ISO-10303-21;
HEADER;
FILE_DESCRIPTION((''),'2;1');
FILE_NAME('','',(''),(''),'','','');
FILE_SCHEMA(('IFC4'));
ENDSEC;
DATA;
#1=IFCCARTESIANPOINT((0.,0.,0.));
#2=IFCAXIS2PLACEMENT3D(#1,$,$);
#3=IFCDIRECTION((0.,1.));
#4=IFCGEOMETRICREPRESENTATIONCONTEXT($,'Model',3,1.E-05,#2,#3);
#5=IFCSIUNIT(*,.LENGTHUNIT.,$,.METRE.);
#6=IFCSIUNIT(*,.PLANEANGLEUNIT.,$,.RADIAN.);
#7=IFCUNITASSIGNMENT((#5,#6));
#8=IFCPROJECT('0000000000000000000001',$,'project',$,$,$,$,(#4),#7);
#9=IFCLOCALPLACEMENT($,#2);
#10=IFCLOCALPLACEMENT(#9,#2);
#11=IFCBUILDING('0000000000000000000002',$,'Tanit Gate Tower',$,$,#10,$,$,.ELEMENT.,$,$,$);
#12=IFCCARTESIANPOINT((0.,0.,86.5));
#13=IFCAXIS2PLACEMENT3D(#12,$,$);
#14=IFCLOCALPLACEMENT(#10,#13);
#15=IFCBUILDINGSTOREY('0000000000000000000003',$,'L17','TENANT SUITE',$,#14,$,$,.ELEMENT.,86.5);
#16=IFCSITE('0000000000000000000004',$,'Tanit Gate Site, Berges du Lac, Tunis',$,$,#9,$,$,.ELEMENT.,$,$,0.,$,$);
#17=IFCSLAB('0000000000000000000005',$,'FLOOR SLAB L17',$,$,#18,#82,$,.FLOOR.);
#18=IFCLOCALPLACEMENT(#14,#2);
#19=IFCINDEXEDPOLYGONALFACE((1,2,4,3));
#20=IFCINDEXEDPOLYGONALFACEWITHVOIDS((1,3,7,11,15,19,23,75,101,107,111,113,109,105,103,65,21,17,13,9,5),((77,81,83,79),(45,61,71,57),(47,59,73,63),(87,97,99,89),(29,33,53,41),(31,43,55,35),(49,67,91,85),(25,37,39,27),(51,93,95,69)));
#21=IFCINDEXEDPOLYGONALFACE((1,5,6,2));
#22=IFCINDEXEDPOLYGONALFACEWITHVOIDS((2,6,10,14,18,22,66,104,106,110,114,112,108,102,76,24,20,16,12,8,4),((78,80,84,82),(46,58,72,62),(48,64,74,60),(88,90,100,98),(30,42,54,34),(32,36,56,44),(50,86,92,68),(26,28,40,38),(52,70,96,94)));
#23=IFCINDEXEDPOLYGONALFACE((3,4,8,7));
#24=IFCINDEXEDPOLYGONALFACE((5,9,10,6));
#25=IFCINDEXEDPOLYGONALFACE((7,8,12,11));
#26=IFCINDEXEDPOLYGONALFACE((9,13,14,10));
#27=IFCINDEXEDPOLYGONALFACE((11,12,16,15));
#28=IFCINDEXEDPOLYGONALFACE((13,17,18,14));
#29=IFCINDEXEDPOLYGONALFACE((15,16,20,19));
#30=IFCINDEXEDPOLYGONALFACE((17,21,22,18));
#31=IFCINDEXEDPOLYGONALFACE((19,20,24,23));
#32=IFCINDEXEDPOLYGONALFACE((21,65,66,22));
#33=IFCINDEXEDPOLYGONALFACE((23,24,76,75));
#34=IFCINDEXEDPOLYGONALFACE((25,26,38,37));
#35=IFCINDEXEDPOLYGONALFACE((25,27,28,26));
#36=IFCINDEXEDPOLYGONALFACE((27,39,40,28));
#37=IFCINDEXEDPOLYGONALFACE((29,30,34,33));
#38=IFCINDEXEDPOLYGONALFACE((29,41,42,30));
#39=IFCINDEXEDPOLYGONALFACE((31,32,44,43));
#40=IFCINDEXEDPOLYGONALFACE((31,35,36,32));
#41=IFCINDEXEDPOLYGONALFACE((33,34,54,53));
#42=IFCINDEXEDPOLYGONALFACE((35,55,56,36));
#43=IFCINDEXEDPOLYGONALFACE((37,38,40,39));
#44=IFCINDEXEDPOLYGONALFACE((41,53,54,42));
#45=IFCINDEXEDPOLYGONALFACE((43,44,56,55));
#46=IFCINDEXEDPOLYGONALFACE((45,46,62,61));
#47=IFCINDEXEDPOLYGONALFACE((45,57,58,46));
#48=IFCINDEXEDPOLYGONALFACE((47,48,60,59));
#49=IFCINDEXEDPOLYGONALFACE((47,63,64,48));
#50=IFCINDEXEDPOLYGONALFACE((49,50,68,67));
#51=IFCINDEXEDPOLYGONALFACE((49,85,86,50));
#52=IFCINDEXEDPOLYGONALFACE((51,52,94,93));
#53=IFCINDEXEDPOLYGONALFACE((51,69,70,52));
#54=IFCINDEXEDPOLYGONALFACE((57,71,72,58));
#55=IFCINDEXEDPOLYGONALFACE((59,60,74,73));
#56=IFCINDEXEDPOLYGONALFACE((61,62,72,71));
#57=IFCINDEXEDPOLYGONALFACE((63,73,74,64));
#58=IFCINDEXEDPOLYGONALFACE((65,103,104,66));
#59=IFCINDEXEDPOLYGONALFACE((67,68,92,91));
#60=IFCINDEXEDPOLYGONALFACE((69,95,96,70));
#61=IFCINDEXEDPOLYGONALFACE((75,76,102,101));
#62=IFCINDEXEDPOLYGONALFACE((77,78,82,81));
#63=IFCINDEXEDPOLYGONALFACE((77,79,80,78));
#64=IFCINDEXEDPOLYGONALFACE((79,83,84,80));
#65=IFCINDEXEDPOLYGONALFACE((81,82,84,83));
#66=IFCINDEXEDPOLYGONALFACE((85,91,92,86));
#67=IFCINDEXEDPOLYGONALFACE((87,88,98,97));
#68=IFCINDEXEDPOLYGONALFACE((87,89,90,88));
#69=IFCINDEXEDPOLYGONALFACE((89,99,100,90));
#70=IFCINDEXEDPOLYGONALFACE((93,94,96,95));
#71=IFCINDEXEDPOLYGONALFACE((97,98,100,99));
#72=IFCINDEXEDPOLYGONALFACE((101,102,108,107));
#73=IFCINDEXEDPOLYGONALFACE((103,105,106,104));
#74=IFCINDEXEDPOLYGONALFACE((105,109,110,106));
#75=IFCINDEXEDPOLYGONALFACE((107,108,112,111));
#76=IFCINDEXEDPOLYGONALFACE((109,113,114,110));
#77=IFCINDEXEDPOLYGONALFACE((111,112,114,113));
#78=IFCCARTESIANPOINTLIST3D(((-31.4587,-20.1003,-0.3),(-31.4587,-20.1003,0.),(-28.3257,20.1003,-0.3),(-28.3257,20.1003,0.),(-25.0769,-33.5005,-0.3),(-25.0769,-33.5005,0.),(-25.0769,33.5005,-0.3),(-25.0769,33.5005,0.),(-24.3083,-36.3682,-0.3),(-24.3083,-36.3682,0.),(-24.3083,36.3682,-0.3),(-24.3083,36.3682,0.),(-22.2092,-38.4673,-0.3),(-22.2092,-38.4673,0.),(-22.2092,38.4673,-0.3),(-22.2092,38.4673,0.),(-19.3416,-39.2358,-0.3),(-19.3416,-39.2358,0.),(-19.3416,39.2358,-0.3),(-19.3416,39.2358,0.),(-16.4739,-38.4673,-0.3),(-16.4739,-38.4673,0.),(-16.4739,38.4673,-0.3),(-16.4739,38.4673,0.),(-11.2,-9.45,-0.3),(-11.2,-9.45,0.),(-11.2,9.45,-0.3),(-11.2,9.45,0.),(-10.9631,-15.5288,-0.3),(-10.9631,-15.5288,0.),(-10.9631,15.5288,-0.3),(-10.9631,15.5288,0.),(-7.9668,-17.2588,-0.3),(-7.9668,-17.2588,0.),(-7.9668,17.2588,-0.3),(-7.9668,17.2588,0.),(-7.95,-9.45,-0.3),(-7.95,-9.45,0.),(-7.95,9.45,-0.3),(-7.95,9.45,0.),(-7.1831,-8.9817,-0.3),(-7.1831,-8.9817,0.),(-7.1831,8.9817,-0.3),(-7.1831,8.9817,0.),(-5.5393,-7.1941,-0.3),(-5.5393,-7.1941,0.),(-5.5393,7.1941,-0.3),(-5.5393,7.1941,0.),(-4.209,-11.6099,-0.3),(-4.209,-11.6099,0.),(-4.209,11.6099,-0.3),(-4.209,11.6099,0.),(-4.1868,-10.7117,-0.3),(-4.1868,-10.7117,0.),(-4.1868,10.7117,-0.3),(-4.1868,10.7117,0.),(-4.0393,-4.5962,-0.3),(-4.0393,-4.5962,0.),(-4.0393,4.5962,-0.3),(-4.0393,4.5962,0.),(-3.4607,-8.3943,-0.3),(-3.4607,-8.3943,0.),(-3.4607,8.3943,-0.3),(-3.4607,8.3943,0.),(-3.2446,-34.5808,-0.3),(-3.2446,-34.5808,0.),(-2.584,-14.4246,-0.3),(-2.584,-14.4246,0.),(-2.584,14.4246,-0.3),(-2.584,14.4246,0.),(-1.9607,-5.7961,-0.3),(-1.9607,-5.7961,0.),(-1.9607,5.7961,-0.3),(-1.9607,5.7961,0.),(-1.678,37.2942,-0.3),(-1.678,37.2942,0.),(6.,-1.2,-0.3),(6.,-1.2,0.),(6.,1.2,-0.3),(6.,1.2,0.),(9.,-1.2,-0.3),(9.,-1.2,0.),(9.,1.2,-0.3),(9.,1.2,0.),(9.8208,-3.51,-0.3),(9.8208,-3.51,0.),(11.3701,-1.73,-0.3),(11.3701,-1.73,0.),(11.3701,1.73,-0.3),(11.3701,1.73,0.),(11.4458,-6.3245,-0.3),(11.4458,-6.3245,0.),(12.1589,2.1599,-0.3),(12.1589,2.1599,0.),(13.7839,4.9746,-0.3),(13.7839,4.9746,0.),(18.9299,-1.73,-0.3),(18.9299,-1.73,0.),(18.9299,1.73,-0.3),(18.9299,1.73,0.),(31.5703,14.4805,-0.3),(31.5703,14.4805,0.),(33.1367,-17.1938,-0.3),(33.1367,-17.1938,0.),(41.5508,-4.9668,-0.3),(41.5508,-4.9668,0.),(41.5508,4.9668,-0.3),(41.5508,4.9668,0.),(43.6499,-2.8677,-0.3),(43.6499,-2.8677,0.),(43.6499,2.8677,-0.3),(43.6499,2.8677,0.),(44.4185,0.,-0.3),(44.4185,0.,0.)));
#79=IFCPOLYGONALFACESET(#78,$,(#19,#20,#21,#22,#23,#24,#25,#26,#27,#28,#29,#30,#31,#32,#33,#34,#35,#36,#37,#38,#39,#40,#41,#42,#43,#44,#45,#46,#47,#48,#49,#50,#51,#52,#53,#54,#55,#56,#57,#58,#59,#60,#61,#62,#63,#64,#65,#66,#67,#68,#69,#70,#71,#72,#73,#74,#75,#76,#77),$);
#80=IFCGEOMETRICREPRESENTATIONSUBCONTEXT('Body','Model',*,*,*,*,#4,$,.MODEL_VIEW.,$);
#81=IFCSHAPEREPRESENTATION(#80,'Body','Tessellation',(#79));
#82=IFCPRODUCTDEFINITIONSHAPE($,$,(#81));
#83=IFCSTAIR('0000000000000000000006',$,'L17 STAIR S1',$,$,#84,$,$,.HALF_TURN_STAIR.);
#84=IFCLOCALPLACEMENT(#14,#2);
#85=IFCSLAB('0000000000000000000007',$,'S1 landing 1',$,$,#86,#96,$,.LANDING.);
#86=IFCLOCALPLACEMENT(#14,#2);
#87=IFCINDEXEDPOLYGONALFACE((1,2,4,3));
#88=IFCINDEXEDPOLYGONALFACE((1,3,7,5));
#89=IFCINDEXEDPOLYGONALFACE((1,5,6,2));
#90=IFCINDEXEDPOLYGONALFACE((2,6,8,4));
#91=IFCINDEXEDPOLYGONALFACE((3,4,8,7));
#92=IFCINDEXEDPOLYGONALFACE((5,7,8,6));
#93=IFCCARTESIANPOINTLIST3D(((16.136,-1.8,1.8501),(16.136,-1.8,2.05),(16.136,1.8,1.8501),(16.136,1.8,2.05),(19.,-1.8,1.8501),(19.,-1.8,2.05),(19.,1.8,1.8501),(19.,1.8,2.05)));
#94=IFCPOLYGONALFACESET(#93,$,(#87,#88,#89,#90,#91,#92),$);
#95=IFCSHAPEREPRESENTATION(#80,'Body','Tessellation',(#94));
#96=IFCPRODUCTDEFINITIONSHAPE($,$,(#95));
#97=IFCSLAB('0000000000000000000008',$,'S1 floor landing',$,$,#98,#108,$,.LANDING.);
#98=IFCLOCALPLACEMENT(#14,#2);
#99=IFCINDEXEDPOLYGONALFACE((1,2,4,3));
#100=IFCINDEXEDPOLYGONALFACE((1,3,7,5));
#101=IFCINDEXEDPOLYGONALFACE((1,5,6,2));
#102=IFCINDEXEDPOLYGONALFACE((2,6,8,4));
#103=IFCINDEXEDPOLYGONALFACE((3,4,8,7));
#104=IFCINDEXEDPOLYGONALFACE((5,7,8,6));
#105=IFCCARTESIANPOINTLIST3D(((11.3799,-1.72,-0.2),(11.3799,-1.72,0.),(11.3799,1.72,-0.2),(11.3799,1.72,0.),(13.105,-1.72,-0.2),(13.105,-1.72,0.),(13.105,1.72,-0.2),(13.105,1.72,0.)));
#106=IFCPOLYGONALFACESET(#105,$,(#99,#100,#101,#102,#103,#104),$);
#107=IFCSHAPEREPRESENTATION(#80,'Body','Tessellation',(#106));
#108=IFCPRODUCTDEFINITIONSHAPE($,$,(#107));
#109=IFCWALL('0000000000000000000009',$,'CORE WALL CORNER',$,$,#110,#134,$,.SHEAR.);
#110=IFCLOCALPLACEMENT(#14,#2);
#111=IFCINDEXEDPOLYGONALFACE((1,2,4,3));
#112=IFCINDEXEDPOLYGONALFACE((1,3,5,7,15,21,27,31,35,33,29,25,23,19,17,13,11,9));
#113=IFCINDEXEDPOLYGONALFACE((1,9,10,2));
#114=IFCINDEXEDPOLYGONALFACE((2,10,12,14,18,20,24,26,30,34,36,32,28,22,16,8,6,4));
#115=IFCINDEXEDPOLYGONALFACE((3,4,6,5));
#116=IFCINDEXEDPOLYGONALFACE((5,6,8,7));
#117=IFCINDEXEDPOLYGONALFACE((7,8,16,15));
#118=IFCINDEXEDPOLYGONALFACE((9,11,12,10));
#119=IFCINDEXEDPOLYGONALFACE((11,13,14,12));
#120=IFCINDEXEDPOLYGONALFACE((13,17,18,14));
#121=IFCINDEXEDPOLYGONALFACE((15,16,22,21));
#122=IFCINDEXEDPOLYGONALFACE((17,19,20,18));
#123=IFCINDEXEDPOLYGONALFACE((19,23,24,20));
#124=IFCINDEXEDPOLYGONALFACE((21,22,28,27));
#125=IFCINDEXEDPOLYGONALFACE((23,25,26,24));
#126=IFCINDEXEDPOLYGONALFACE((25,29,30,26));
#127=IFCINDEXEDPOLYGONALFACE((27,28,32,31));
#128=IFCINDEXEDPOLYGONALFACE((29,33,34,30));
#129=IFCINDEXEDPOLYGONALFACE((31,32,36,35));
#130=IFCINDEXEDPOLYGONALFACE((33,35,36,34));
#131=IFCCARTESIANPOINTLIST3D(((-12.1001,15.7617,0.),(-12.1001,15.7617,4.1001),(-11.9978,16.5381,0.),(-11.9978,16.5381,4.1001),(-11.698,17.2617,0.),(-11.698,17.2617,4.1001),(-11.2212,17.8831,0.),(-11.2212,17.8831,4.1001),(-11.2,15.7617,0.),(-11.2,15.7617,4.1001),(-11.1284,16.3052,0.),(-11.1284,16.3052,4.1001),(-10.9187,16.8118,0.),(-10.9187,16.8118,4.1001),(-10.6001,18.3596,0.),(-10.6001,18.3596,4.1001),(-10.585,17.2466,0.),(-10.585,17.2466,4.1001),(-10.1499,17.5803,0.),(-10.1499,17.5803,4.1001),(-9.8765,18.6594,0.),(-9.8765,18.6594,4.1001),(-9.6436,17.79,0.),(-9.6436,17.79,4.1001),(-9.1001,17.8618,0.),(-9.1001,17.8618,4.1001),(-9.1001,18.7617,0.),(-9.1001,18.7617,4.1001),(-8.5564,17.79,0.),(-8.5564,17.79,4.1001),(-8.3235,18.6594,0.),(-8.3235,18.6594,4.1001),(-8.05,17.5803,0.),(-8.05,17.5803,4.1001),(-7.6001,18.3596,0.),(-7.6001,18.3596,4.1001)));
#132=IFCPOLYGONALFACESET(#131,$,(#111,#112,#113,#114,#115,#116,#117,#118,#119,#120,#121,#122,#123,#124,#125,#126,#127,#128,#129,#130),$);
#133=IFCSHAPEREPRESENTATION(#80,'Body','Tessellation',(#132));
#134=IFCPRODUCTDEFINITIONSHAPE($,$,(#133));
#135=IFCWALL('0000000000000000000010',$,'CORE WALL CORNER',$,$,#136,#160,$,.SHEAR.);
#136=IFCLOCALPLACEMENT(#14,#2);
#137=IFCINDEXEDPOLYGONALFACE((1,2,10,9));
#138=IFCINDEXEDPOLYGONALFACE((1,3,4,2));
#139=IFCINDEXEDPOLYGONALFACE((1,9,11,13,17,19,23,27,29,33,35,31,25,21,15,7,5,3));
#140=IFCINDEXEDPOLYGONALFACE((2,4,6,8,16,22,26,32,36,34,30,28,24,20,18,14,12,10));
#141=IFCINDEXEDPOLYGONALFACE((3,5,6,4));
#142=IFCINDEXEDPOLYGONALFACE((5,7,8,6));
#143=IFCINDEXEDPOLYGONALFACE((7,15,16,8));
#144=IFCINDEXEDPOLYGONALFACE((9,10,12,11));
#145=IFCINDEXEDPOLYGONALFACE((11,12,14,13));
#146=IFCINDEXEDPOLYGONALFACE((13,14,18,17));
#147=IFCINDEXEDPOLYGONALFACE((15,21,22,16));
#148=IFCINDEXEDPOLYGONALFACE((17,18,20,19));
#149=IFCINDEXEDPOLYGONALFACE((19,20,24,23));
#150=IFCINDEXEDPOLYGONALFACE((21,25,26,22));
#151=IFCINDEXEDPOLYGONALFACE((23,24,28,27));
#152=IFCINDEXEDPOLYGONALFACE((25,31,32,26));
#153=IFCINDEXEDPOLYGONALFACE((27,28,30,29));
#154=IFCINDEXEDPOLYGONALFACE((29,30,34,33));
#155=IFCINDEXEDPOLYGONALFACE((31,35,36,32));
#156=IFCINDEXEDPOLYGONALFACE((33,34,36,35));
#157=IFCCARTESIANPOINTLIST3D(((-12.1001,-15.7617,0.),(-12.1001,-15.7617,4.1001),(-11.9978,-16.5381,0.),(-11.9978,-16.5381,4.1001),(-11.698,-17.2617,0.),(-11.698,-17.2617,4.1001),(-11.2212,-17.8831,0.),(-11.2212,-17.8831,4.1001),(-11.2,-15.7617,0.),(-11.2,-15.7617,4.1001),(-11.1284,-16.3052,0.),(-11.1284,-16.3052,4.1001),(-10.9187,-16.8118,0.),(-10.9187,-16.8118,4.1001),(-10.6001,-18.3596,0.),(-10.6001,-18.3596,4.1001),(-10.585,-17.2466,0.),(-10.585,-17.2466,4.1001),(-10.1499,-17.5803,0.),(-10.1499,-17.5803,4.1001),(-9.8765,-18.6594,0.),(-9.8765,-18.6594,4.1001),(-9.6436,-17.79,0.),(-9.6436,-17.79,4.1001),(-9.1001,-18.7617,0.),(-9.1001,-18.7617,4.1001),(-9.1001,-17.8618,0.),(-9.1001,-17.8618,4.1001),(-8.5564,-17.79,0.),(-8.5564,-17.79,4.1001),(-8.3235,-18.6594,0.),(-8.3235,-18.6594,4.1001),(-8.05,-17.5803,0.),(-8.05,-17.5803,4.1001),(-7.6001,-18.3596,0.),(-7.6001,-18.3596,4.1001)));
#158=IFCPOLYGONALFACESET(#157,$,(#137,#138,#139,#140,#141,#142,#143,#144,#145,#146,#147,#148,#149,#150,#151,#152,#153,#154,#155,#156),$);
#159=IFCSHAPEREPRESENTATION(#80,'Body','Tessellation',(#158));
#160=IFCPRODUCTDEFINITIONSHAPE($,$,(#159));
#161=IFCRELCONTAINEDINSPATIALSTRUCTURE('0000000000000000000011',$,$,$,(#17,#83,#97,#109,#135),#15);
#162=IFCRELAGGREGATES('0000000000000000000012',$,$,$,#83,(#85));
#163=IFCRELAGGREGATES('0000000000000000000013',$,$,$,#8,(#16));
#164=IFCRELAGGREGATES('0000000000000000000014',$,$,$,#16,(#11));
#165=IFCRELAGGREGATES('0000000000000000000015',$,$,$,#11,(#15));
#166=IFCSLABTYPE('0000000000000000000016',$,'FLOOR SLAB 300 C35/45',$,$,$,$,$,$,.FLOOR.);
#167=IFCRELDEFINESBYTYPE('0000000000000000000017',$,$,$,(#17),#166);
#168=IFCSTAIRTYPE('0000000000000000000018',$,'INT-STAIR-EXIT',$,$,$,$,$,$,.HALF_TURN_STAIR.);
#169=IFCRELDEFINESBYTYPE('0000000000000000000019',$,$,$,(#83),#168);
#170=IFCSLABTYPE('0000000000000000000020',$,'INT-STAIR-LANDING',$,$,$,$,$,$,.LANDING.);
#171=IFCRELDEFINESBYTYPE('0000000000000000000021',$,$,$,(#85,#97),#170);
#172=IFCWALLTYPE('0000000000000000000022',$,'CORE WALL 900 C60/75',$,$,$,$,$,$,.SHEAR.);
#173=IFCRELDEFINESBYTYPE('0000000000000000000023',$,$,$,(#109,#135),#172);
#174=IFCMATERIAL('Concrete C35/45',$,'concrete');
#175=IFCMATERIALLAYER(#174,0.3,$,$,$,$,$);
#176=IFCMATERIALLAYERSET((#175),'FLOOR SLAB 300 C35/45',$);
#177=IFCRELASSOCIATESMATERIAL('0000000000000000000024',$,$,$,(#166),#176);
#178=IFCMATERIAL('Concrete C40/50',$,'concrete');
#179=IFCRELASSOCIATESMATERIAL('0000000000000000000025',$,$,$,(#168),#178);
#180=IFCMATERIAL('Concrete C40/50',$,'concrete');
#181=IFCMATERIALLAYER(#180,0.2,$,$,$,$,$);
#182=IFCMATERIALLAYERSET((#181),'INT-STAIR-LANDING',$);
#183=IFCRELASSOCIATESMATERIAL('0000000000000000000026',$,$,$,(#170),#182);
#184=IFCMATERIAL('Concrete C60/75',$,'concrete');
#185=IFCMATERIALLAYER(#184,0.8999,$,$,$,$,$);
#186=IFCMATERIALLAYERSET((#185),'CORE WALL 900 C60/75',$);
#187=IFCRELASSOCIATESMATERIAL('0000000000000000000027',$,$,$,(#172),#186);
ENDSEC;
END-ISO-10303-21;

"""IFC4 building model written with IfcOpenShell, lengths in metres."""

from ifc_helpers import new_model, si_unit, direction, frame, origin, place, context, subcontext, project, spatial, polyline, outline, extrude, material, layer, layer_set, type_object, element, aggregate, save


model = new_model("IFC4")

# Units and contexts
model_context = context("Model", 3, precision=1e-05, world=origin(), true_north=direction((0.0, 1.0)))
body_context = subcontext(model_context, "Body", "Model", "MODEL_VIEW")
ifc_project = project(units=[si_unit("LENGTHUNIT", "METRE"), si_unit("PLANEANGLEUNIT", "RADIAN")], contexts=[model_context])

# Site, building, storey
site_placement = place(None, origin())
site = spatial("IfcSite", under=ifc_project, at=site_placement, Name="Tanit Gate Site, Berges du Lac, Tunis", CompositionType="ELEMENT", RefElevation=0.0)
building_placement = place(site_placement, origin())
building = spatial("IfcBuilding", under=site, at=building_placement, Name="Tanit Gate Tower", CompositionType="ELEMENT")
storey_placement = place(building_placement, frame((0.0, 0.0, 86.5)))
storey = spatial("IfcBuildingStorey", under=building, at=storey_placement, Name="L17", Description="TENANT SUITE", CompositionType="ELEMENT", Elevation=86.5)

# Slab
ifc_material_1 = material(Name="Concrete C35/45", Category="concrete")
ifc_layer_1 = layer(ifc_material_1, 0.3)
ifc_layer_set_1 = layer_set([ifc_layer_1], Name="FLOOR SLAB 300 C35/45")
slab_type_1 = type_object("IfcSlabType", Name="FLOOR SLAB 300 C35/45", PredefinedType="FLOOR", material=ifc_layer_set_1)
slab_1_placement = place(storey_placement, frame((0.0, 0.0, -0.3)))
element("IfcSlab", 1, at=slab_1_placement, inside=storey, type_object=slab_type_1, Name="FLOOR SLAB L17", PredefinedType="FLOOR", context=body_context, shape_type="SweptSolid", body=[
    extrude(outline(polyline([(41.5508, 4.9668), (43.6499, 2.8677), (44.4185, 0.0), (43.6499, -2.8677), (41.5508, -4.9668), (33.1367, -17.1938), (-3.2446, -34.5808), (-16.4739, -38.4673), (-19.3416, -39.2358), (-22.2092, -38.4673), (-24.3083, -36.3682), (-25.0769, -33.5005), (-31.4587, -20.1003), (-28.3257, 20.1003), (-25.0769, 33.5005), (-24.3083, 36.3682), (-22.2092, 38.4673), (-19.3416, 39.2358), (-16.4739, 38.4673), (-1.678, 37.2942), (31.5703, 14.4805), (41.5508, 4.9668)]), holes=[polyline([(11.3701, 1.73), (18.9299, 1.73), (18.9299, -1.73), (11.3701, -1.73), (11.3701, 1.73)]), polyline([(-4.209, 11.6099), (-2.584, 14.4246), (13.7839, 4.9746), (12.1589, 2.1599), (-4.209, 11.6099)]), polyline([(-4.209, -11.6099), (9.8208, -3.51), (11.4458, -6.3245), (-2.584, -14.4246), (-4.209, -11.6099)]), polyline([(9.0, 1.2), (9.0, -1.2), (6.0, -1.2), (6.0, 1.2), (9.0, 1.2)]), polyline([(-5.5393, 7.1941), (-3.4607, 8.3943), (-1.9607, 5.7961), (-4.0393, 4.5962), (-5.5393, 7.1941)]), polyline([(-1.9607, -5.7961), (-3.4607, -8.3943), (-5.5393, -7.1941), (-4.0393, -4.5962), (-1.9607, -5.7961)]), polyline([(-10.9631, 15.5288), (-7.9668, 17.2588), (-4.1868, 10.7117), (-7.1831, 8.9817), (-10.9631, 15.5288)]), polyline([(-4.1868, -10.7117), (-7.9668, -17.2588), (-10.9631, -15.5288), (-7.1831, -8.9817), (-4.1868, -10.7117)]), polyline([(-11.2, -9.45), (-11.2, 9.45), (-7.95, 9.45), (-7.95, -9.45), (-11.2, -9.45)])]), origin(), (0.0, 0.0, 1.0), 0.3),
])

# Stair, slab
ifc_material_2 = material(Name="Concrete C40/50", Category="concrete")
stair_type = type_object("IfcStairType", Name="INT-STAIR-EXIT", PredefinedType="HALF_TURN_STAIR", material=ifc_material_2)
stair_placement = place(storey_placement, origin())
stair = element("IfcStair", 2, at=stair_placement, inside=storey, type_object=stair_type, Name="L17 STAIR S1", PredefinedType="HALF_TURN_STAIR")
ifc_material_3 = material(Name="Concrete C40/50", Category="concrete")
ifc_layer_2 = layer(ifc_material_3, 0.2)
ifc_layer_set_2 = layer_set([ifc_layer_2], Name="INT-STAIR-LANDING")
slab_type_2 = type_object("IfcSlabType", Name="INT-STAIR-LANDING", PredefinedType="LANDING", material=ifc_layer_set_2)
slab_2_placement = place(storey_placement, frame((0.0, 0.0, 1.8501)))
slab_2 = element("IfcSlab", 3, at=slab_2_placement, type_object=slab_type_2, Name="S1 landing 1", PredefinedType="LANDING", context=body_context, shape_type="SweptSolid", body=[
    extrude(outline(polyline([(16.136, -1.8), (19.0, -1.8), (19.0, 1.8), (16.136, 1.8), (16.136, -1.8)])), origin(), (0.0, 0.0, 1.0), 0.2),
])
aggregate(stair, [slab_2])

# Slab
slab_3_placement = place(storey_placement, frame((0.0, 0.0, -0.2)))
element("IfcSlab", 4, at=slab_3_placement, inside=storey, type_object=slab_type_2, Name="S1 floor landing", PredefinedType="LANDING", context=body_context, shape_type="SweptSolid", body=[
    extrude(outline(polyline([(11.3799, -1.72), (13.105, -1.72), (13.105, 1.72), (11.3799, 1.72), (11.3799, -1.72)])), origin(), (0.0, 0.0, 1.0), 0.2),
])

# Walls
ifc_material_4 = material(Name="Concrete C60/75", Category="concrete")
ifc_layer_3 = layer(ifc_material_4, 0.8999)
ifc_layer_set_3 = layer_set([ifc_layer_3], Name="CORE WALL 900 C60/75")
wall_type_1 = type_object("IfcWallType", Name="CORE WALL 900 C60/75", PredefinedType="SHEAR", material=ifc_layer_set_3)
wall_1_placement = place(storey_placement, origin())
element("IfcWall", 5, at=wall_1_placement, inside=storey, type_object=wall_type_1, Name="CORE WALL CORNER", PredefinedType="SHEAR", context=body_context, shape_type="SweptSolid", body=[
    extrude(outline(polyline([(-7.6001, 18.3596), (-8.3235, 18.6594), (-9.1001, 18.7617), (-9.8765, 18.6594), (-10.6001, 18.3596), (-11.2212, 17.8831), (-11.698, 17.2617), (-11.9978, 16.5381), (-12.1001, 15.7617), (-11.2, 15.7617), (-11.1284, 16.3052), (-10.9187, 16.8118), (-10.585, 17.2466), (-10.1499, 17.5803), (-9.6436, 17.79), (-9.1001, 17.8618), (-8.5564, 17.79), (-8.05, 17.5803), (-7.6001, 18.3596)])), origin(), (0.0, 0.0, 1.0), 4.1001),
])
wall_2_placement = place(storey_placement, origin())
element("IfcWall", 6, at=wall_2_placement, inside=storey, type_object=wall_type_1, Name="CORE WALL CORNER", PredefinedType="SHEAR", context=body_context, shape_type="SweptSolid", body=[
    extrude(outline(polyline([(-12.1001, -15.7617), (-11.9978, -16.5381), (-11.698, -17.2617), (-11.2212, -17.8831), (-10.6001, -18.3596), (-9.8765, -18.6594), (-9.1001, -18.7617), (-8.3235, -18.6594), (-7.6001, -18.3596), (-8.05, -17.5803), (-8.5564, -17.79), (-9.1001, -17.8618), (-9.6436, -17.79), (-10.1499, -17.5803), (-10.585, -17.2466), (-10.9187, -16.8118), (-11.1284, -16.3052), (-11.2, -15.7617), (-12.1001, -15.7617)])), origin(), (0.0, 0.0, 1.0), 4.1001),
])

save(model, "model.ifc")
